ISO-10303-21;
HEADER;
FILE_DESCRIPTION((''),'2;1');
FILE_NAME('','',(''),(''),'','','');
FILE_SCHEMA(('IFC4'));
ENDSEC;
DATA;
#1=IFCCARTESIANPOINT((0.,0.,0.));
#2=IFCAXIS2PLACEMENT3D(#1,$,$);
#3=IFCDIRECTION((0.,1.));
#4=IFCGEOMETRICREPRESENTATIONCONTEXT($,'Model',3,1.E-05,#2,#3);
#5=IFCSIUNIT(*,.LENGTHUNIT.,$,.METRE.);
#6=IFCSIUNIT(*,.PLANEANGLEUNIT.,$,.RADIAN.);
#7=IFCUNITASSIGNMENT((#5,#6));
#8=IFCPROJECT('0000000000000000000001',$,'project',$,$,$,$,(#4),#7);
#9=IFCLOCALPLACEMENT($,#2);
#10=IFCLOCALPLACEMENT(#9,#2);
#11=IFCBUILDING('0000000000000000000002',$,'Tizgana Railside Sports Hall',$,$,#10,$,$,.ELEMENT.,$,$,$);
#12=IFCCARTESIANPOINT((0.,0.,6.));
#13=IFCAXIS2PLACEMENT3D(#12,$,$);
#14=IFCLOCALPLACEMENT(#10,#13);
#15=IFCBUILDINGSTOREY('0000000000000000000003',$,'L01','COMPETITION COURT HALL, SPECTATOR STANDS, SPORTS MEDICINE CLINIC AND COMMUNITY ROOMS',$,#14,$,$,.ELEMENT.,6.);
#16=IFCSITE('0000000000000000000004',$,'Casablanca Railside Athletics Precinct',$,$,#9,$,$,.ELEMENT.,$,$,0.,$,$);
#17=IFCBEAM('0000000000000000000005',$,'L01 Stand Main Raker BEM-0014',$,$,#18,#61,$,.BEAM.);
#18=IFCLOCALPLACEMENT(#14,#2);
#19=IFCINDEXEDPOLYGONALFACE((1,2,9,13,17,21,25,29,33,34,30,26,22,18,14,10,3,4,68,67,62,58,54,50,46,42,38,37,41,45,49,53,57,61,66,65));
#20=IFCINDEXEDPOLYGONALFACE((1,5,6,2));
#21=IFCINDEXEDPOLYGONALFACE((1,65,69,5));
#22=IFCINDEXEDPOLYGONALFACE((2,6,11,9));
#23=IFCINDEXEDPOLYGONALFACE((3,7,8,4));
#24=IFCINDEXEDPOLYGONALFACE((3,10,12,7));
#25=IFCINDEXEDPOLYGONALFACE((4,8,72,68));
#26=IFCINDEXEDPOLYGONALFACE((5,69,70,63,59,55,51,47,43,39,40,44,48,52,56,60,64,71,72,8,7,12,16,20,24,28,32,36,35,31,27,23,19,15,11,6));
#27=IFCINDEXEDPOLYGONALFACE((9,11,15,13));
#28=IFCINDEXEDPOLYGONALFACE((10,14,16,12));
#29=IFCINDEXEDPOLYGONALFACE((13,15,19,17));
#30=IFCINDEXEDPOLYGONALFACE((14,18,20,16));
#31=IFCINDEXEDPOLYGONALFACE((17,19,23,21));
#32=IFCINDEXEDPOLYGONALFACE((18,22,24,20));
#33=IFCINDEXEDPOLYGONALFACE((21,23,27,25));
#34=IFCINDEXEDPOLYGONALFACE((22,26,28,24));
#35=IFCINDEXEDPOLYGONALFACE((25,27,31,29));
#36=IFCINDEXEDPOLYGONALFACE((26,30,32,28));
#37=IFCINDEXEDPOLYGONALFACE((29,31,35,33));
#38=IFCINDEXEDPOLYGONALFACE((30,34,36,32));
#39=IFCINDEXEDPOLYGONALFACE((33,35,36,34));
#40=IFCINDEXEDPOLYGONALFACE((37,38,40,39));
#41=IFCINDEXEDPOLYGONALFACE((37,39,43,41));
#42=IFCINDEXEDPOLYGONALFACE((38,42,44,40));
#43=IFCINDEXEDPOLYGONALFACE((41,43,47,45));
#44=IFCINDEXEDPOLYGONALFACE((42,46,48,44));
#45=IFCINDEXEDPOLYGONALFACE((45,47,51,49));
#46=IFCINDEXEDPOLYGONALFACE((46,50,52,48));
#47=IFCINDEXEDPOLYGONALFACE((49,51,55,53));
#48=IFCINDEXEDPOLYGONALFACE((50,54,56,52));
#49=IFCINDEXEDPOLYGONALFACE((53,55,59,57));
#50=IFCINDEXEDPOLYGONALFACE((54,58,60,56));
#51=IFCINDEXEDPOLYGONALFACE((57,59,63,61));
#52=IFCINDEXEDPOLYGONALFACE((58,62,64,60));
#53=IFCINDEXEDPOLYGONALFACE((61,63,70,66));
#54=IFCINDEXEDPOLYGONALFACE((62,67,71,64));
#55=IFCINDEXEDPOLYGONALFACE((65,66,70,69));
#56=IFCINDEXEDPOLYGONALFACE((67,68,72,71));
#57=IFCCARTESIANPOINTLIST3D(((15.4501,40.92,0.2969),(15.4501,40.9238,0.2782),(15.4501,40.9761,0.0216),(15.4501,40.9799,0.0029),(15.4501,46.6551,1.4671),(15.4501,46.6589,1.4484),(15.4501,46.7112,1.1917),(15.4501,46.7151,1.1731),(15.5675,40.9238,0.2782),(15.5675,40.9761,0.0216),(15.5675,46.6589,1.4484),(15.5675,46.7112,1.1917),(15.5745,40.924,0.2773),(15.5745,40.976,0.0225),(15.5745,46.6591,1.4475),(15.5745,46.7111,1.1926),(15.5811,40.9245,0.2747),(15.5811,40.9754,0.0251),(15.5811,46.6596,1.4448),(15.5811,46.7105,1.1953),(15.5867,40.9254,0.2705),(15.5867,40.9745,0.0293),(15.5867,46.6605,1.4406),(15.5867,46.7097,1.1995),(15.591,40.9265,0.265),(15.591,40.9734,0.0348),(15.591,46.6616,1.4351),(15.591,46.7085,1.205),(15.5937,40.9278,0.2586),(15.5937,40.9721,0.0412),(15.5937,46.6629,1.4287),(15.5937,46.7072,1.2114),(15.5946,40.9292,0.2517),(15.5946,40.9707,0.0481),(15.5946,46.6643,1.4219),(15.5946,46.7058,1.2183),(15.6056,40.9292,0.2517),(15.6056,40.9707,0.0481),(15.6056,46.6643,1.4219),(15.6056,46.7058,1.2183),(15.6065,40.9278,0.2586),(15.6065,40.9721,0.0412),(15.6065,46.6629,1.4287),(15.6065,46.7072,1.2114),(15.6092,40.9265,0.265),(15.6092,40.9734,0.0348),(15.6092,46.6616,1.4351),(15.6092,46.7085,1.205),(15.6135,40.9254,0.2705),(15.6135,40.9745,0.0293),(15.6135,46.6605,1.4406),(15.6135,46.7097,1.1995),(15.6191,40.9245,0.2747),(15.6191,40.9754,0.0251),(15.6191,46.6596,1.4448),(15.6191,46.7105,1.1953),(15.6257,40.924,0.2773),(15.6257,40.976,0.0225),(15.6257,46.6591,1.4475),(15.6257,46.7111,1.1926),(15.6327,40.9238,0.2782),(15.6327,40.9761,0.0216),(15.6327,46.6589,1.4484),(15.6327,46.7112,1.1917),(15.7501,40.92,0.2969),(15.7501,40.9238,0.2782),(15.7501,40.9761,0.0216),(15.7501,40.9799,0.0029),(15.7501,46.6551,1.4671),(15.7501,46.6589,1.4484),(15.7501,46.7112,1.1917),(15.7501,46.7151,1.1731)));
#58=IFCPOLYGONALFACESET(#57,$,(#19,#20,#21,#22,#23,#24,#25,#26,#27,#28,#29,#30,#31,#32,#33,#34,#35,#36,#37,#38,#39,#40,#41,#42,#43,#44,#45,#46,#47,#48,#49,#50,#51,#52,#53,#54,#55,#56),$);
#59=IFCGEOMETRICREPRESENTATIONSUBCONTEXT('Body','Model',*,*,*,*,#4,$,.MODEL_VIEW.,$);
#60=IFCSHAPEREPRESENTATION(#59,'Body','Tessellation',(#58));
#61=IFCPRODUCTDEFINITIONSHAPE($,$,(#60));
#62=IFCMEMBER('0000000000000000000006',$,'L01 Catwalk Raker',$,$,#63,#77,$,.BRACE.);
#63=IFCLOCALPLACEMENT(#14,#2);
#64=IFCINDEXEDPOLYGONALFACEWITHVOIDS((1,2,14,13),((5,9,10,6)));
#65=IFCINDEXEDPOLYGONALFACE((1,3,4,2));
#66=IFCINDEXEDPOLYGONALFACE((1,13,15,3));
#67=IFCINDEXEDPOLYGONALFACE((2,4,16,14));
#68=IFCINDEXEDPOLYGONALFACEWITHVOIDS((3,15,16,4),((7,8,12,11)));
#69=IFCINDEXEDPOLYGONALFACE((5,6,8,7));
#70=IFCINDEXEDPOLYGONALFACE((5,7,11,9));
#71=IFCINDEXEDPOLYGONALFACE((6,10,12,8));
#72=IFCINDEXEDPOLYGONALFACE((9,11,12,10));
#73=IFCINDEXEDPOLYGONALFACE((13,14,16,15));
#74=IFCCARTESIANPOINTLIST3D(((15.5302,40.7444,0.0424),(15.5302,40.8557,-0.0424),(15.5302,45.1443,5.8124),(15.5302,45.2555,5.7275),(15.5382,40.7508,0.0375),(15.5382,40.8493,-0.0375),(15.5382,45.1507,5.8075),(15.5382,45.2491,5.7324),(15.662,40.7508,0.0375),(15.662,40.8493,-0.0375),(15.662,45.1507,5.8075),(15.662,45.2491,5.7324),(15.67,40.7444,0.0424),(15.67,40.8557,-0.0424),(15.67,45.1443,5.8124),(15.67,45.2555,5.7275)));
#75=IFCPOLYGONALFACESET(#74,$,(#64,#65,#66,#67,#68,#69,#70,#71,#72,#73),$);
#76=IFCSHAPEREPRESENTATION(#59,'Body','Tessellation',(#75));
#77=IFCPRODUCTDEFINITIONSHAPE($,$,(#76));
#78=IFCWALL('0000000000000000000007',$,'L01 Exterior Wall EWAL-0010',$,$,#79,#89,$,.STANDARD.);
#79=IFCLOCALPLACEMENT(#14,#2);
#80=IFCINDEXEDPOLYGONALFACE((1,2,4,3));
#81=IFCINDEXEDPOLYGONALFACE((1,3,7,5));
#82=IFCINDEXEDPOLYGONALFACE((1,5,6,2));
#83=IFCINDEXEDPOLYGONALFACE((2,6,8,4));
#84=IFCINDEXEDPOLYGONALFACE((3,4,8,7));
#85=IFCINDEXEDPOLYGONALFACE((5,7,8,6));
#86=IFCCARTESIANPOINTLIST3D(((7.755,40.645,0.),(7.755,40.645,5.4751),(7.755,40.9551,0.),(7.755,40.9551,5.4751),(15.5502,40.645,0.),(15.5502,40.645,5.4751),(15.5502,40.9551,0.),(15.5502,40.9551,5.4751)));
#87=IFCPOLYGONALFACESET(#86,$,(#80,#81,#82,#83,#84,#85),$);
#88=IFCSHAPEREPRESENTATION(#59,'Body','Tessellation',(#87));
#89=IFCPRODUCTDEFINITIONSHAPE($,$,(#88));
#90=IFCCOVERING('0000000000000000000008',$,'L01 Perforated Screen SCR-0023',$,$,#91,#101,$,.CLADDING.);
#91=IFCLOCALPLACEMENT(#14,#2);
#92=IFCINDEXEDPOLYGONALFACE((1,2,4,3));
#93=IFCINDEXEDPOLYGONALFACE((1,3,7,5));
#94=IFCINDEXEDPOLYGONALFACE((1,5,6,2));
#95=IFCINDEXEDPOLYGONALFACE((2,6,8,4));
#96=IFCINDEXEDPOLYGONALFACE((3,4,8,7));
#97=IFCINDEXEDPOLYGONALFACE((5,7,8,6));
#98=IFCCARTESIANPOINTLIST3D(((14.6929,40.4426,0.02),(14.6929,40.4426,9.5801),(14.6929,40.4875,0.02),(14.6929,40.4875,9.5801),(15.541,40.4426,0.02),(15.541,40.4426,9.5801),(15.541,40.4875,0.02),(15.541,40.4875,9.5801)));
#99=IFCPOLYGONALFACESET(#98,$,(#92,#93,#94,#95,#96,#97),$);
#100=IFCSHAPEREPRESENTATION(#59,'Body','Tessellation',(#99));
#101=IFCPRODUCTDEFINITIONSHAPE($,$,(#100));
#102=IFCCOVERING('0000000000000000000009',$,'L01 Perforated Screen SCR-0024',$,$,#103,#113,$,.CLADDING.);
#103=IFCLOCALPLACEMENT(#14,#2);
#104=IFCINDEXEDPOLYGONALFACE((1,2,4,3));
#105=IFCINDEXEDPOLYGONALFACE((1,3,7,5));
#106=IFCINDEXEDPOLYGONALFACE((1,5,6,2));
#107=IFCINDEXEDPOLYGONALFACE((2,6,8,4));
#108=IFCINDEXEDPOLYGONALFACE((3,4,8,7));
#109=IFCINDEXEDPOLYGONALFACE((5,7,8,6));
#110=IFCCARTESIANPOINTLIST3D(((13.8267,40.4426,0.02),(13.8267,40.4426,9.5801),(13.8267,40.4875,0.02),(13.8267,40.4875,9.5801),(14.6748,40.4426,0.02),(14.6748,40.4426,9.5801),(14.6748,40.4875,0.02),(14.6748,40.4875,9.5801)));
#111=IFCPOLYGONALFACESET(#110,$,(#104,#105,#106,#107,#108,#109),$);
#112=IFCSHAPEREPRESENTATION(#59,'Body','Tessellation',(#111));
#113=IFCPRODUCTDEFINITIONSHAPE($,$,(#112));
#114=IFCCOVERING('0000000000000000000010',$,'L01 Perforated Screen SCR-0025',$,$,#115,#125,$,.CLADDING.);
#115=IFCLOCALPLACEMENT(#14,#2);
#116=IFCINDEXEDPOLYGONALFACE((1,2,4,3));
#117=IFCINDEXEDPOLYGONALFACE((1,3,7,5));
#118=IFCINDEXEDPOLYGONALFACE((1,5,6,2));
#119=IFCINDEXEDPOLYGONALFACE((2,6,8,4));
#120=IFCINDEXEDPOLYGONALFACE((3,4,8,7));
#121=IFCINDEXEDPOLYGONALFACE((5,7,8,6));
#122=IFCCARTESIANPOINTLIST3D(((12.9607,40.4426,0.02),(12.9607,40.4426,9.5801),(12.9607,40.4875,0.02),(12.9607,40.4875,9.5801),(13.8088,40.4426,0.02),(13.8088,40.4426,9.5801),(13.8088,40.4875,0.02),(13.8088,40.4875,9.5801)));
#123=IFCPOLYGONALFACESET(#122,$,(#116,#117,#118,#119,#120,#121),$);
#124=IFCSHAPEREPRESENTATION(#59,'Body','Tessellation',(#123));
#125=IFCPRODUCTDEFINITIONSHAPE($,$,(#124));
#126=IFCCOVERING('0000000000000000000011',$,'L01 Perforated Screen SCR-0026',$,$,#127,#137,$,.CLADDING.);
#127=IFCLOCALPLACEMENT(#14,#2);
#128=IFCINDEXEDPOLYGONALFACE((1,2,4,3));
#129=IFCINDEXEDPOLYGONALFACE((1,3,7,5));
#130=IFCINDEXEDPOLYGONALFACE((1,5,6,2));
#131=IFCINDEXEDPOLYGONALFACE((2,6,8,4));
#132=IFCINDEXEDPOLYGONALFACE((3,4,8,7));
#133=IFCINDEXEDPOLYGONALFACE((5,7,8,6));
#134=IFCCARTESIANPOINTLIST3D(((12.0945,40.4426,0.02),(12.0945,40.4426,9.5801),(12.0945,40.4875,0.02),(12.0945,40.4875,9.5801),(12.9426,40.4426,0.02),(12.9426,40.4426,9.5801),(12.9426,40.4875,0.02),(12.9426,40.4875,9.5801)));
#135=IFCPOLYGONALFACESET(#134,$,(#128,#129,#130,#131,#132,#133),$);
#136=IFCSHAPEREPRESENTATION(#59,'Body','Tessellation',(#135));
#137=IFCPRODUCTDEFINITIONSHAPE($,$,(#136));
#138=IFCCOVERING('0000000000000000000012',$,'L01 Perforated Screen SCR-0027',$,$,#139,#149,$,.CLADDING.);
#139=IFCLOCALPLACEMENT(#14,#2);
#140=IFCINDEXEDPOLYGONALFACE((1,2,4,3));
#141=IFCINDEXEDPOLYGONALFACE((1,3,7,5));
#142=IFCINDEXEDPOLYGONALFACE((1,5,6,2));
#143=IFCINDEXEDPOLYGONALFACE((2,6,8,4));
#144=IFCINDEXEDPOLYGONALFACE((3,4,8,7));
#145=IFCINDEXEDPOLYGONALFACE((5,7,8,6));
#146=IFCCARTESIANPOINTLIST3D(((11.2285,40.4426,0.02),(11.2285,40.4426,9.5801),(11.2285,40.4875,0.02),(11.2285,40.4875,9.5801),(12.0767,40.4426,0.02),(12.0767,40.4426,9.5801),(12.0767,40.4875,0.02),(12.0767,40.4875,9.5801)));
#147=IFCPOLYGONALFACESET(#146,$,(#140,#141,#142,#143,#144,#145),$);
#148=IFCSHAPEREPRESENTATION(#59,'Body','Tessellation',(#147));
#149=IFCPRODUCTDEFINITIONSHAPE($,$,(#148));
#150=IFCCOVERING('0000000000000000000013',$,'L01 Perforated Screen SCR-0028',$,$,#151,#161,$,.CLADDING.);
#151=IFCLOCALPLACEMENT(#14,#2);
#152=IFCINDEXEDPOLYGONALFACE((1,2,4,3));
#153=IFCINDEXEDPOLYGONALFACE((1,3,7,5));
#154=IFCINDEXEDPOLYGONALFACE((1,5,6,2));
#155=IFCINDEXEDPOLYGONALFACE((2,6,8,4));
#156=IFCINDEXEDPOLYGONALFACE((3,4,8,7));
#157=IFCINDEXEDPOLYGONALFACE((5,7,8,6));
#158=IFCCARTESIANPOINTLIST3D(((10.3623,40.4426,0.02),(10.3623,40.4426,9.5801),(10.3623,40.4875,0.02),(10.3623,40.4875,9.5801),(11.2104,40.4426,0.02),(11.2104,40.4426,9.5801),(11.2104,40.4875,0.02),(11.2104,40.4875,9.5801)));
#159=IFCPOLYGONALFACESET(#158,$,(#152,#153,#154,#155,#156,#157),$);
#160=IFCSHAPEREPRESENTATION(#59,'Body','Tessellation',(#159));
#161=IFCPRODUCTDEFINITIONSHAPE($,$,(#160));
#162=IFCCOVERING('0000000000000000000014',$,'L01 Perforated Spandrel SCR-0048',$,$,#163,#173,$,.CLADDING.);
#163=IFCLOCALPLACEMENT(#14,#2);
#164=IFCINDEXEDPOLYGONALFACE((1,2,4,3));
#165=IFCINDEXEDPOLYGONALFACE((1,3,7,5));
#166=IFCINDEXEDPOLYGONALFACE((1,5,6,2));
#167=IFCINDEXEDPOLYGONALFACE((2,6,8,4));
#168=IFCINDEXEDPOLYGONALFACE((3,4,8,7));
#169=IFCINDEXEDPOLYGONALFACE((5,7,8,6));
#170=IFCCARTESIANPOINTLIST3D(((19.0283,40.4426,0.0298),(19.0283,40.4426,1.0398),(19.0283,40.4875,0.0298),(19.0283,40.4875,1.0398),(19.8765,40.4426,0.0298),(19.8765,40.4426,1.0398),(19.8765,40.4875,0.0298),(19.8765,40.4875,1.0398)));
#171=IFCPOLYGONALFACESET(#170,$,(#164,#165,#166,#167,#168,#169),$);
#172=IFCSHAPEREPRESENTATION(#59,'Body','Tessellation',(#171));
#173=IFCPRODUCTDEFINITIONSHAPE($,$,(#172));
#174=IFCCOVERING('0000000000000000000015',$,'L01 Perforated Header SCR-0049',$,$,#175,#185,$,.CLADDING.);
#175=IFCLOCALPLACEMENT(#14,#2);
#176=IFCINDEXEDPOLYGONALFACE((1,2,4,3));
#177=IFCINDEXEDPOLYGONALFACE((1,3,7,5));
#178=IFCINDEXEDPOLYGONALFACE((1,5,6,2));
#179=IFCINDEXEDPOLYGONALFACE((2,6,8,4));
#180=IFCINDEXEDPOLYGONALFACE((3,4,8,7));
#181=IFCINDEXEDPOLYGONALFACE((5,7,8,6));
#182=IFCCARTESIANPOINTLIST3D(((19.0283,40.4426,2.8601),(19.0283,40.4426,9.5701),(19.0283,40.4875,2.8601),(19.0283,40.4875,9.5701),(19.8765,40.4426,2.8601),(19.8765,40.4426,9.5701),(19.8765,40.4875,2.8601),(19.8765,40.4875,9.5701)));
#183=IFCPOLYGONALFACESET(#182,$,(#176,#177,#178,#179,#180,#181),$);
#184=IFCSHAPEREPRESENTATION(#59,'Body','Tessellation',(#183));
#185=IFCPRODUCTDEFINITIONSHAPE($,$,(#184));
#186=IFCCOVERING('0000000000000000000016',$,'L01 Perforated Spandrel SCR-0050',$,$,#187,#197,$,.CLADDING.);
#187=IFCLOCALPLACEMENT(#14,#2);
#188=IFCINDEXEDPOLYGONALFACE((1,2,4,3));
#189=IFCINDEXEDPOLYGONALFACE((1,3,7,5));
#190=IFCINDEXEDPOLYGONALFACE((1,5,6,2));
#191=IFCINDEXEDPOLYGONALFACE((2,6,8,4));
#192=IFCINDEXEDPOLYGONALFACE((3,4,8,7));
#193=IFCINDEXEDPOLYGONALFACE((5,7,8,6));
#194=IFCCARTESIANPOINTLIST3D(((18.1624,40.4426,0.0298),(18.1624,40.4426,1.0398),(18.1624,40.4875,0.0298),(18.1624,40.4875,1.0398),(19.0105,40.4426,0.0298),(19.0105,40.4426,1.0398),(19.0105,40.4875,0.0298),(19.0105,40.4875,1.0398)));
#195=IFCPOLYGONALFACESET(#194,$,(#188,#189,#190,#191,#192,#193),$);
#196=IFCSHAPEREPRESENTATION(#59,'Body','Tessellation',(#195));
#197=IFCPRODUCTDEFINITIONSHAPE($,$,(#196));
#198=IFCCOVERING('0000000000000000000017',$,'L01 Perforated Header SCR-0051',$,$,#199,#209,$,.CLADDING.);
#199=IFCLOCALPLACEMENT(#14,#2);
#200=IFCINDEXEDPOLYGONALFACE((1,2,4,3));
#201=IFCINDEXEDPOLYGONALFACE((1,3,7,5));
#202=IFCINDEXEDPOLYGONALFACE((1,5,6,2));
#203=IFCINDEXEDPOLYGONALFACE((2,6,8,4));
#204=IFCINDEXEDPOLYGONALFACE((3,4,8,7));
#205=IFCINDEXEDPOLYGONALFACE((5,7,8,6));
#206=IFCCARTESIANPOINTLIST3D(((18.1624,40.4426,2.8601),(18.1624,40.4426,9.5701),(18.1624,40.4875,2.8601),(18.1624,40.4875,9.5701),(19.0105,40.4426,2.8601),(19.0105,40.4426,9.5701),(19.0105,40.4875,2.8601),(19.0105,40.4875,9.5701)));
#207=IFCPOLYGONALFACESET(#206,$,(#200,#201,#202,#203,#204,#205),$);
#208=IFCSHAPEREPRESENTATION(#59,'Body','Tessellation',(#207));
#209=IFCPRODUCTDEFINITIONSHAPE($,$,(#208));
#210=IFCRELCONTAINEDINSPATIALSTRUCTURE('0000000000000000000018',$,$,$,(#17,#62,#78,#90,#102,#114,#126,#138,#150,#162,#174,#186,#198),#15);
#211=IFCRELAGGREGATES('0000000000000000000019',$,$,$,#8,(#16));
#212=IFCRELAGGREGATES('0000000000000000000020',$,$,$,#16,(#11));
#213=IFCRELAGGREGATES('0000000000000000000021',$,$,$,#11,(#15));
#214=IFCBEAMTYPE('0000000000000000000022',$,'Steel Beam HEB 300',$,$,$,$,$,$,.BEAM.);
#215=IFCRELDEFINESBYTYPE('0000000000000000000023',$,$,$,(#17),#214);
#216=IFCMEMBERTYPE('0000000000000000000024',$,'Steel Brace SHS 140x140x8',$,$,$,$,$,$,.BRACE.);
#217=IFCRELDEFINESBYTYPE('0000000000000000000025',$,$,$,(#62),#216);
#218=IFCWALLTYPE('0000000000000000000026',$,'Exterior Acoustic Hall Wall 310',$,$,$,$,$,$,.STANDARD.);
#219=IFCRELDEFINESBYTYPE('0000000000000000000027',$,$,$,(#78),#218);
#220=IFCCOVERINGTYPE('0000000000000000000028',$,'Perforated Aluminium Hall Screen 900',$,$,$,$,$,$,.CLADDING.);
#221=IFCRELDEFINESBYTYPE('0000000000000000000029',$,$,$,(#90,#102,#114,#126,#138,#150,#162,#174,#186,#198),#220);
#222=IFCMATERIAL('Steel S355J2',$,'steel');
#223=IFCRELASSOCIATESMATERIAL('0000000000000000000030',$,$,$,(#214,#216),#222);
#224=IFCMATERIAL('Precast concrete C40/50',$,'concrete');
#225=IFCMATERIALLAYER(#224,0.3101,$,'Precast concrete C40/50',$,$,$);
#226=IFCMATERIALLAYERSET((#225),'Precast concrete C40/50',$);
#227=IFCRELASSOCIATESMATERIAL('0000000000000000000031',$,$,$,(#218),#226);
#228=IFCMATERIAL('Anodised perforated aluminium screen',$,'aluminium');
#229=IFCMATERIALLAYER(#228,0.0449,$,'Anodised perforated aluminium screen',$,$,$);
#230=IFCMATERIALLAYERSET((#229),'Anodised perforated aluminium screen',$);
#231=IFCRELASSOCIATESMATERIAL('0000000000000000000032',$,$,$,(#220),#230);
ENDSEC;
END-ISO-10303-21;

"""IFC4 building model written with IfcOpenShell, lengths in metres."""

from ifc_helpers import new_model, si_unit, direction, frame, frame_2d, origin, origin_2d, place, context, subcontext, project, spatial, rectangle, hollow_rectangle, i_section, extrude, material, layer, layer_set, material_profile, profile_set, type_object, element, save


model = new_model("IFC4")

# Units and contexts
model_context = context("Model", 3, precision=1e-05, world=origin(), true_north=direction((0.0, 1.0)))
body_context = subcontext(model_context, "Body", "Model", "MODEL_VIEW")
ifc_project = project(units=[si_unit("LENGTHUNIT", "METRE"), si_unit("PLANEANGLEUNIT", "RADIAN")], contexts=[model_context])

# Site, building, storey
site_placement = place(None, origin())
site = spatial("IfcSite", under=ifc_project, at=site_placement, Name="Casablanca Railside Athletics Precinct", CompositionType="ELEMENT", RefElevation=0.0)
building_placement = place(site_placement, origin())
building = spatial("IfcBuilding", under=site, at=building_placement, Name="Tizgana Railside Sports Hall", CompositionType="ELEMENT")
storey_placement = place(building_placement, frame((0.0, 0.0, 6.0)))
storey = spatial("IfcBuildingStorey", under=building, at=storey_placement, Name="L01", Description="COMPETITION COURT HALL, SPECTATOR STANDS, SPORTS MEDICINE CLINIC AND COMMUNITY ROOMS", CompositionType="ELEMENT", Elevation=6.0)

# Beam
ifc_material_1 = material(Name="Steel S355J2", Category="steel")
ifc_material_profile_1 = material_profile(ifc_material_1, i_section(OverallWidth=0.3, OverallDepth=0.3, WebThickness=0.011, FlangeThickness=0.019, FilletRadius=0.0271, at=origin_2d()), Name="HEB 300")
ifc_profile_set_1 = profile_set([ifc_material_profile_1], Name="Steel S355J2")
beam_type_1 = type_object("IfcBeamType", Name="Steel Beam HEB 300", PredefinedType="BEAM", material=ifc_profile_set_1)
beam_1_placement = place(storey_placement, frame((15.6001, 40.95, 0.1499), z_axis=(0.0, 0.979813, 0.199917), x_axis=(-1.0, 0.0, 0.0)))
element("IfcBeam", 1, at=beam_1_placement, inside=storey, type_object=beam_type_1, Name="L01 Stand Main Raker BEM-0014", PredefinedType="BEAM", context=body_context, shape_type="SweptSolid", body=[
    extrude(i_section(OverallWidth=0.3, OverallDepth=0.3, WebThickness=0.011, FlangeThickness=0.019, FilletRadius=0.0271, at=origin_2d()), origin(), (0.0, 0.0, 1.0), 5.8533),
])

# Member
ifc_material_profile_2 = material_profile(ifc_material_1, hollow_rectangle(XDim=0.1399, YDim=0.1399, WallThickness=0.0081, at=origin_2d()), Name="SHS 140x140x8")
ifc_profile_set_2 = profile_set([ifc_material_profile_2], Name="Steel S355J2")
member_type = type_object("IfcMemberType", Name="Steel Brace SHS 140x140x8", PredefinedType="BRACE", material=ifc_profile_set_2)
member_placement = place(storey_placement, frame((15.6001, 40.8, 0.0), z_axis=(0.0, 0.606366, 0.795186), x_axis=(-1.0, 0.0, 0.0)))
element("IfcMember", 2, at=member_placement, inside=storey, type_object=member_type, Name="L01 Catwalk Raker", PredefinedType="BRACE", context=body_context, shape_type="SweptSolid", body=[
    extrude(hollow_rectangle(XDim=0.1399, YDim=0.1399, WallThickness=0.0081, at=origin_2d()), origin(), (0.0, 0.0, 1.0), 7.2561),
])

# Wall
ifc_material_2 = material(Name="Precast concrete C40/50", Category="concrete")
ifc_layer_1 = layer(ifc_material_2, 0.3101, Name="Precast concrete C40/50")
ifc_layer_set_1 = layer_set([ifc_layer_1], Name="Precast concrete C40/50")
wall_type = type_object("IfcWallType", Name="Exterior Acoustic Hall Wall 310", PredefinedType="STANDARD", material=ifc_layer_set_1)
wall_placement = place(storey_placement, frame((15.55, 40.8, 0.0), z_axis=(0.0, 0.0, 1.0), x_axis=(-1.0, 0.0, 0.0)))
element("IfcWall", 3, at=wall_placement, inside=storey, type_object=wall_type, Name="L01 Exterior Wall EWAL-0010", PredefinedType="STANDARD", context=body_context, shape_type="SweptSolid", body=[
    extrude(rectangle(XDim=7.7952, YDim=0.3101, at=frame_2d((3.8975, 0.0))), origin(), (0.0, 0.0, 1.0), 5.4751),
])

# Coverings
ifc_material_3 = material(Name="Anodised perforated aluminium screen", Category="aluminium")
ifc_layer_2 = layer(ifc_material_3, 0.0449, Name="Anodised perforated aluminium screen")
ifc_layer_set_2 = layer_set([ifc_layer_2], Name="Anodised perforated aluminium screen")
covering_type = type_object("IfcCoveringType", Name="Perforated Aluminium Hall Screen 900", PredefinedType="CLADDING", material=ifc_layer_set_2)
for number, where, z_axis, x_axis, name in (
    (4, (15.1169, 40.4651, 0.02), (0.0, 0.0, 1.0), (-1.0, 0.0, 0.0), "L01 Perforated Screen SCR-0023"),
    (5, (14.2507, 40.4651, 0.02), (0.0, 0.0, 1.0), (-1.0, 0.0, 0.0), "L01 Perforated Screen SCR-0024"),
    (6, (13.3848, 40.4651, 0.02), (0.0, 0.0, 1.0), (-1.0, 0.0, 0.0), "L01 Perforated Screen SCR-0025"),
    (7, (12.5186, 40.4651, 0.02), (0.0, 0.0, 1.0), (-1.0, 0.0, 0.0), "L01 Perforated Screen SCR-0026"),
    (8, (11.6526, 40.4651, 0.02), (0.0, 0.0, 1.0), (-1.0, 0.0, 0.0), "L01 Perforated Screen SCR-0027"),
    (9, (10.7864, 40.4651, 0.02), (0.0, 0.0, 1.0), (-1.0, 0.0, 0.0), "L01 Perforated Screen SCR-0028"),
):
    element("IfcCovering", number, at=place(storey_placement, frame(where, z_axis=z_axis, x_axis=x_axis)), inside=storey, type_object=covering_type, Name=name, PredefinedType="CLADDING", context=body_context, shape_type="SweptSolid", body=[
        extrude(rectangle(XDim=0.8481, YDim=0.0449, at=origin_2d()), origin(), (0.0, 0.0, 1.0), 9.5601),
    ])
covering_1_placement = place(storey_placement, frame((19.4524, 40.4651, 0.0298), z_axis=(0.0, 0.0, 1.0), x_axis=(-1.0, 0.0, 0.0)))
element("IfcCovering", 10, at=covering_1_placement, inside=storey, type_object=covering_type, Name="L01 Perforated Spandrel SCR-0048", PredefinedType="CLADDING", context=body_context, shape_type="SweptSolid", body=[
    extrude(rectangle(XDim=0.8481, YDim=0.0449, at=origin_2d()), origin(), (0.0, 0.0, 1.0), 1.01),
])
covering_2_placement = place(storey_placement, frame((19.4524, 40.4651, 2.8601), z_axis=(0.0, 0.0, 1.0), x_axis=(-1.0, 0.0, 0.0)))
element("IfcCovering", 11, at=covering_2_placement, inside=storey, type_object=covering_type, Name="L01 Perforated Header SCR-0049", PredefinedType="CLADDING", context=body_context, shape_type="SweptSolid", body=[
    extrude(rectangle(XDim=0.8481, YDim=0.0449, at=origin_2d()), origin(), (0.0, 0.0, 1.0), 6.71),
])
covering_3_placement = place(storey_placement, frame((18.5864, 40.4651, 0.0298), z_axis=(0.0, 0.0, 1.0), x_axis=(-1.0, 0.0, 0.0)))
element("IfcCovering", 12, at=covering_3_placement, inside=storey, type_object=covering_type, Name="L01 Perforated Spandrel SCR-0050", PredefinedType="CLADDING", context=body_context, shape_type="SweptSolid", body=[
    extrude(rectangle(XDim=0.8481, YDim=0.0449, at=origin_2d()), origin(), (0.0, 0.0, 1.0), 1.01),
])
covering_4_placement = place(storey_placement, frame((18.5864, 40.4651, 2.8601), z_axis=(0.0, 0.0, 1.0), x_axis=(-1.0, 0.0, 0.0)))
element("IfcCovering", 13, at=covering_4_placement, inside=storey, type_object=covering_type, Name="L01 Perforated Header SCR-0051", PredefinedType="CLADDING", context=body_context, shape_type="SweptSolid", body=[
    extrude(rectangle(XDim=0.8481, YDim=0.0449, at=origin_2d()), origin(), (0.0, 0.0, 1.0), 6.71),
])

save(model, "model.ifc")
